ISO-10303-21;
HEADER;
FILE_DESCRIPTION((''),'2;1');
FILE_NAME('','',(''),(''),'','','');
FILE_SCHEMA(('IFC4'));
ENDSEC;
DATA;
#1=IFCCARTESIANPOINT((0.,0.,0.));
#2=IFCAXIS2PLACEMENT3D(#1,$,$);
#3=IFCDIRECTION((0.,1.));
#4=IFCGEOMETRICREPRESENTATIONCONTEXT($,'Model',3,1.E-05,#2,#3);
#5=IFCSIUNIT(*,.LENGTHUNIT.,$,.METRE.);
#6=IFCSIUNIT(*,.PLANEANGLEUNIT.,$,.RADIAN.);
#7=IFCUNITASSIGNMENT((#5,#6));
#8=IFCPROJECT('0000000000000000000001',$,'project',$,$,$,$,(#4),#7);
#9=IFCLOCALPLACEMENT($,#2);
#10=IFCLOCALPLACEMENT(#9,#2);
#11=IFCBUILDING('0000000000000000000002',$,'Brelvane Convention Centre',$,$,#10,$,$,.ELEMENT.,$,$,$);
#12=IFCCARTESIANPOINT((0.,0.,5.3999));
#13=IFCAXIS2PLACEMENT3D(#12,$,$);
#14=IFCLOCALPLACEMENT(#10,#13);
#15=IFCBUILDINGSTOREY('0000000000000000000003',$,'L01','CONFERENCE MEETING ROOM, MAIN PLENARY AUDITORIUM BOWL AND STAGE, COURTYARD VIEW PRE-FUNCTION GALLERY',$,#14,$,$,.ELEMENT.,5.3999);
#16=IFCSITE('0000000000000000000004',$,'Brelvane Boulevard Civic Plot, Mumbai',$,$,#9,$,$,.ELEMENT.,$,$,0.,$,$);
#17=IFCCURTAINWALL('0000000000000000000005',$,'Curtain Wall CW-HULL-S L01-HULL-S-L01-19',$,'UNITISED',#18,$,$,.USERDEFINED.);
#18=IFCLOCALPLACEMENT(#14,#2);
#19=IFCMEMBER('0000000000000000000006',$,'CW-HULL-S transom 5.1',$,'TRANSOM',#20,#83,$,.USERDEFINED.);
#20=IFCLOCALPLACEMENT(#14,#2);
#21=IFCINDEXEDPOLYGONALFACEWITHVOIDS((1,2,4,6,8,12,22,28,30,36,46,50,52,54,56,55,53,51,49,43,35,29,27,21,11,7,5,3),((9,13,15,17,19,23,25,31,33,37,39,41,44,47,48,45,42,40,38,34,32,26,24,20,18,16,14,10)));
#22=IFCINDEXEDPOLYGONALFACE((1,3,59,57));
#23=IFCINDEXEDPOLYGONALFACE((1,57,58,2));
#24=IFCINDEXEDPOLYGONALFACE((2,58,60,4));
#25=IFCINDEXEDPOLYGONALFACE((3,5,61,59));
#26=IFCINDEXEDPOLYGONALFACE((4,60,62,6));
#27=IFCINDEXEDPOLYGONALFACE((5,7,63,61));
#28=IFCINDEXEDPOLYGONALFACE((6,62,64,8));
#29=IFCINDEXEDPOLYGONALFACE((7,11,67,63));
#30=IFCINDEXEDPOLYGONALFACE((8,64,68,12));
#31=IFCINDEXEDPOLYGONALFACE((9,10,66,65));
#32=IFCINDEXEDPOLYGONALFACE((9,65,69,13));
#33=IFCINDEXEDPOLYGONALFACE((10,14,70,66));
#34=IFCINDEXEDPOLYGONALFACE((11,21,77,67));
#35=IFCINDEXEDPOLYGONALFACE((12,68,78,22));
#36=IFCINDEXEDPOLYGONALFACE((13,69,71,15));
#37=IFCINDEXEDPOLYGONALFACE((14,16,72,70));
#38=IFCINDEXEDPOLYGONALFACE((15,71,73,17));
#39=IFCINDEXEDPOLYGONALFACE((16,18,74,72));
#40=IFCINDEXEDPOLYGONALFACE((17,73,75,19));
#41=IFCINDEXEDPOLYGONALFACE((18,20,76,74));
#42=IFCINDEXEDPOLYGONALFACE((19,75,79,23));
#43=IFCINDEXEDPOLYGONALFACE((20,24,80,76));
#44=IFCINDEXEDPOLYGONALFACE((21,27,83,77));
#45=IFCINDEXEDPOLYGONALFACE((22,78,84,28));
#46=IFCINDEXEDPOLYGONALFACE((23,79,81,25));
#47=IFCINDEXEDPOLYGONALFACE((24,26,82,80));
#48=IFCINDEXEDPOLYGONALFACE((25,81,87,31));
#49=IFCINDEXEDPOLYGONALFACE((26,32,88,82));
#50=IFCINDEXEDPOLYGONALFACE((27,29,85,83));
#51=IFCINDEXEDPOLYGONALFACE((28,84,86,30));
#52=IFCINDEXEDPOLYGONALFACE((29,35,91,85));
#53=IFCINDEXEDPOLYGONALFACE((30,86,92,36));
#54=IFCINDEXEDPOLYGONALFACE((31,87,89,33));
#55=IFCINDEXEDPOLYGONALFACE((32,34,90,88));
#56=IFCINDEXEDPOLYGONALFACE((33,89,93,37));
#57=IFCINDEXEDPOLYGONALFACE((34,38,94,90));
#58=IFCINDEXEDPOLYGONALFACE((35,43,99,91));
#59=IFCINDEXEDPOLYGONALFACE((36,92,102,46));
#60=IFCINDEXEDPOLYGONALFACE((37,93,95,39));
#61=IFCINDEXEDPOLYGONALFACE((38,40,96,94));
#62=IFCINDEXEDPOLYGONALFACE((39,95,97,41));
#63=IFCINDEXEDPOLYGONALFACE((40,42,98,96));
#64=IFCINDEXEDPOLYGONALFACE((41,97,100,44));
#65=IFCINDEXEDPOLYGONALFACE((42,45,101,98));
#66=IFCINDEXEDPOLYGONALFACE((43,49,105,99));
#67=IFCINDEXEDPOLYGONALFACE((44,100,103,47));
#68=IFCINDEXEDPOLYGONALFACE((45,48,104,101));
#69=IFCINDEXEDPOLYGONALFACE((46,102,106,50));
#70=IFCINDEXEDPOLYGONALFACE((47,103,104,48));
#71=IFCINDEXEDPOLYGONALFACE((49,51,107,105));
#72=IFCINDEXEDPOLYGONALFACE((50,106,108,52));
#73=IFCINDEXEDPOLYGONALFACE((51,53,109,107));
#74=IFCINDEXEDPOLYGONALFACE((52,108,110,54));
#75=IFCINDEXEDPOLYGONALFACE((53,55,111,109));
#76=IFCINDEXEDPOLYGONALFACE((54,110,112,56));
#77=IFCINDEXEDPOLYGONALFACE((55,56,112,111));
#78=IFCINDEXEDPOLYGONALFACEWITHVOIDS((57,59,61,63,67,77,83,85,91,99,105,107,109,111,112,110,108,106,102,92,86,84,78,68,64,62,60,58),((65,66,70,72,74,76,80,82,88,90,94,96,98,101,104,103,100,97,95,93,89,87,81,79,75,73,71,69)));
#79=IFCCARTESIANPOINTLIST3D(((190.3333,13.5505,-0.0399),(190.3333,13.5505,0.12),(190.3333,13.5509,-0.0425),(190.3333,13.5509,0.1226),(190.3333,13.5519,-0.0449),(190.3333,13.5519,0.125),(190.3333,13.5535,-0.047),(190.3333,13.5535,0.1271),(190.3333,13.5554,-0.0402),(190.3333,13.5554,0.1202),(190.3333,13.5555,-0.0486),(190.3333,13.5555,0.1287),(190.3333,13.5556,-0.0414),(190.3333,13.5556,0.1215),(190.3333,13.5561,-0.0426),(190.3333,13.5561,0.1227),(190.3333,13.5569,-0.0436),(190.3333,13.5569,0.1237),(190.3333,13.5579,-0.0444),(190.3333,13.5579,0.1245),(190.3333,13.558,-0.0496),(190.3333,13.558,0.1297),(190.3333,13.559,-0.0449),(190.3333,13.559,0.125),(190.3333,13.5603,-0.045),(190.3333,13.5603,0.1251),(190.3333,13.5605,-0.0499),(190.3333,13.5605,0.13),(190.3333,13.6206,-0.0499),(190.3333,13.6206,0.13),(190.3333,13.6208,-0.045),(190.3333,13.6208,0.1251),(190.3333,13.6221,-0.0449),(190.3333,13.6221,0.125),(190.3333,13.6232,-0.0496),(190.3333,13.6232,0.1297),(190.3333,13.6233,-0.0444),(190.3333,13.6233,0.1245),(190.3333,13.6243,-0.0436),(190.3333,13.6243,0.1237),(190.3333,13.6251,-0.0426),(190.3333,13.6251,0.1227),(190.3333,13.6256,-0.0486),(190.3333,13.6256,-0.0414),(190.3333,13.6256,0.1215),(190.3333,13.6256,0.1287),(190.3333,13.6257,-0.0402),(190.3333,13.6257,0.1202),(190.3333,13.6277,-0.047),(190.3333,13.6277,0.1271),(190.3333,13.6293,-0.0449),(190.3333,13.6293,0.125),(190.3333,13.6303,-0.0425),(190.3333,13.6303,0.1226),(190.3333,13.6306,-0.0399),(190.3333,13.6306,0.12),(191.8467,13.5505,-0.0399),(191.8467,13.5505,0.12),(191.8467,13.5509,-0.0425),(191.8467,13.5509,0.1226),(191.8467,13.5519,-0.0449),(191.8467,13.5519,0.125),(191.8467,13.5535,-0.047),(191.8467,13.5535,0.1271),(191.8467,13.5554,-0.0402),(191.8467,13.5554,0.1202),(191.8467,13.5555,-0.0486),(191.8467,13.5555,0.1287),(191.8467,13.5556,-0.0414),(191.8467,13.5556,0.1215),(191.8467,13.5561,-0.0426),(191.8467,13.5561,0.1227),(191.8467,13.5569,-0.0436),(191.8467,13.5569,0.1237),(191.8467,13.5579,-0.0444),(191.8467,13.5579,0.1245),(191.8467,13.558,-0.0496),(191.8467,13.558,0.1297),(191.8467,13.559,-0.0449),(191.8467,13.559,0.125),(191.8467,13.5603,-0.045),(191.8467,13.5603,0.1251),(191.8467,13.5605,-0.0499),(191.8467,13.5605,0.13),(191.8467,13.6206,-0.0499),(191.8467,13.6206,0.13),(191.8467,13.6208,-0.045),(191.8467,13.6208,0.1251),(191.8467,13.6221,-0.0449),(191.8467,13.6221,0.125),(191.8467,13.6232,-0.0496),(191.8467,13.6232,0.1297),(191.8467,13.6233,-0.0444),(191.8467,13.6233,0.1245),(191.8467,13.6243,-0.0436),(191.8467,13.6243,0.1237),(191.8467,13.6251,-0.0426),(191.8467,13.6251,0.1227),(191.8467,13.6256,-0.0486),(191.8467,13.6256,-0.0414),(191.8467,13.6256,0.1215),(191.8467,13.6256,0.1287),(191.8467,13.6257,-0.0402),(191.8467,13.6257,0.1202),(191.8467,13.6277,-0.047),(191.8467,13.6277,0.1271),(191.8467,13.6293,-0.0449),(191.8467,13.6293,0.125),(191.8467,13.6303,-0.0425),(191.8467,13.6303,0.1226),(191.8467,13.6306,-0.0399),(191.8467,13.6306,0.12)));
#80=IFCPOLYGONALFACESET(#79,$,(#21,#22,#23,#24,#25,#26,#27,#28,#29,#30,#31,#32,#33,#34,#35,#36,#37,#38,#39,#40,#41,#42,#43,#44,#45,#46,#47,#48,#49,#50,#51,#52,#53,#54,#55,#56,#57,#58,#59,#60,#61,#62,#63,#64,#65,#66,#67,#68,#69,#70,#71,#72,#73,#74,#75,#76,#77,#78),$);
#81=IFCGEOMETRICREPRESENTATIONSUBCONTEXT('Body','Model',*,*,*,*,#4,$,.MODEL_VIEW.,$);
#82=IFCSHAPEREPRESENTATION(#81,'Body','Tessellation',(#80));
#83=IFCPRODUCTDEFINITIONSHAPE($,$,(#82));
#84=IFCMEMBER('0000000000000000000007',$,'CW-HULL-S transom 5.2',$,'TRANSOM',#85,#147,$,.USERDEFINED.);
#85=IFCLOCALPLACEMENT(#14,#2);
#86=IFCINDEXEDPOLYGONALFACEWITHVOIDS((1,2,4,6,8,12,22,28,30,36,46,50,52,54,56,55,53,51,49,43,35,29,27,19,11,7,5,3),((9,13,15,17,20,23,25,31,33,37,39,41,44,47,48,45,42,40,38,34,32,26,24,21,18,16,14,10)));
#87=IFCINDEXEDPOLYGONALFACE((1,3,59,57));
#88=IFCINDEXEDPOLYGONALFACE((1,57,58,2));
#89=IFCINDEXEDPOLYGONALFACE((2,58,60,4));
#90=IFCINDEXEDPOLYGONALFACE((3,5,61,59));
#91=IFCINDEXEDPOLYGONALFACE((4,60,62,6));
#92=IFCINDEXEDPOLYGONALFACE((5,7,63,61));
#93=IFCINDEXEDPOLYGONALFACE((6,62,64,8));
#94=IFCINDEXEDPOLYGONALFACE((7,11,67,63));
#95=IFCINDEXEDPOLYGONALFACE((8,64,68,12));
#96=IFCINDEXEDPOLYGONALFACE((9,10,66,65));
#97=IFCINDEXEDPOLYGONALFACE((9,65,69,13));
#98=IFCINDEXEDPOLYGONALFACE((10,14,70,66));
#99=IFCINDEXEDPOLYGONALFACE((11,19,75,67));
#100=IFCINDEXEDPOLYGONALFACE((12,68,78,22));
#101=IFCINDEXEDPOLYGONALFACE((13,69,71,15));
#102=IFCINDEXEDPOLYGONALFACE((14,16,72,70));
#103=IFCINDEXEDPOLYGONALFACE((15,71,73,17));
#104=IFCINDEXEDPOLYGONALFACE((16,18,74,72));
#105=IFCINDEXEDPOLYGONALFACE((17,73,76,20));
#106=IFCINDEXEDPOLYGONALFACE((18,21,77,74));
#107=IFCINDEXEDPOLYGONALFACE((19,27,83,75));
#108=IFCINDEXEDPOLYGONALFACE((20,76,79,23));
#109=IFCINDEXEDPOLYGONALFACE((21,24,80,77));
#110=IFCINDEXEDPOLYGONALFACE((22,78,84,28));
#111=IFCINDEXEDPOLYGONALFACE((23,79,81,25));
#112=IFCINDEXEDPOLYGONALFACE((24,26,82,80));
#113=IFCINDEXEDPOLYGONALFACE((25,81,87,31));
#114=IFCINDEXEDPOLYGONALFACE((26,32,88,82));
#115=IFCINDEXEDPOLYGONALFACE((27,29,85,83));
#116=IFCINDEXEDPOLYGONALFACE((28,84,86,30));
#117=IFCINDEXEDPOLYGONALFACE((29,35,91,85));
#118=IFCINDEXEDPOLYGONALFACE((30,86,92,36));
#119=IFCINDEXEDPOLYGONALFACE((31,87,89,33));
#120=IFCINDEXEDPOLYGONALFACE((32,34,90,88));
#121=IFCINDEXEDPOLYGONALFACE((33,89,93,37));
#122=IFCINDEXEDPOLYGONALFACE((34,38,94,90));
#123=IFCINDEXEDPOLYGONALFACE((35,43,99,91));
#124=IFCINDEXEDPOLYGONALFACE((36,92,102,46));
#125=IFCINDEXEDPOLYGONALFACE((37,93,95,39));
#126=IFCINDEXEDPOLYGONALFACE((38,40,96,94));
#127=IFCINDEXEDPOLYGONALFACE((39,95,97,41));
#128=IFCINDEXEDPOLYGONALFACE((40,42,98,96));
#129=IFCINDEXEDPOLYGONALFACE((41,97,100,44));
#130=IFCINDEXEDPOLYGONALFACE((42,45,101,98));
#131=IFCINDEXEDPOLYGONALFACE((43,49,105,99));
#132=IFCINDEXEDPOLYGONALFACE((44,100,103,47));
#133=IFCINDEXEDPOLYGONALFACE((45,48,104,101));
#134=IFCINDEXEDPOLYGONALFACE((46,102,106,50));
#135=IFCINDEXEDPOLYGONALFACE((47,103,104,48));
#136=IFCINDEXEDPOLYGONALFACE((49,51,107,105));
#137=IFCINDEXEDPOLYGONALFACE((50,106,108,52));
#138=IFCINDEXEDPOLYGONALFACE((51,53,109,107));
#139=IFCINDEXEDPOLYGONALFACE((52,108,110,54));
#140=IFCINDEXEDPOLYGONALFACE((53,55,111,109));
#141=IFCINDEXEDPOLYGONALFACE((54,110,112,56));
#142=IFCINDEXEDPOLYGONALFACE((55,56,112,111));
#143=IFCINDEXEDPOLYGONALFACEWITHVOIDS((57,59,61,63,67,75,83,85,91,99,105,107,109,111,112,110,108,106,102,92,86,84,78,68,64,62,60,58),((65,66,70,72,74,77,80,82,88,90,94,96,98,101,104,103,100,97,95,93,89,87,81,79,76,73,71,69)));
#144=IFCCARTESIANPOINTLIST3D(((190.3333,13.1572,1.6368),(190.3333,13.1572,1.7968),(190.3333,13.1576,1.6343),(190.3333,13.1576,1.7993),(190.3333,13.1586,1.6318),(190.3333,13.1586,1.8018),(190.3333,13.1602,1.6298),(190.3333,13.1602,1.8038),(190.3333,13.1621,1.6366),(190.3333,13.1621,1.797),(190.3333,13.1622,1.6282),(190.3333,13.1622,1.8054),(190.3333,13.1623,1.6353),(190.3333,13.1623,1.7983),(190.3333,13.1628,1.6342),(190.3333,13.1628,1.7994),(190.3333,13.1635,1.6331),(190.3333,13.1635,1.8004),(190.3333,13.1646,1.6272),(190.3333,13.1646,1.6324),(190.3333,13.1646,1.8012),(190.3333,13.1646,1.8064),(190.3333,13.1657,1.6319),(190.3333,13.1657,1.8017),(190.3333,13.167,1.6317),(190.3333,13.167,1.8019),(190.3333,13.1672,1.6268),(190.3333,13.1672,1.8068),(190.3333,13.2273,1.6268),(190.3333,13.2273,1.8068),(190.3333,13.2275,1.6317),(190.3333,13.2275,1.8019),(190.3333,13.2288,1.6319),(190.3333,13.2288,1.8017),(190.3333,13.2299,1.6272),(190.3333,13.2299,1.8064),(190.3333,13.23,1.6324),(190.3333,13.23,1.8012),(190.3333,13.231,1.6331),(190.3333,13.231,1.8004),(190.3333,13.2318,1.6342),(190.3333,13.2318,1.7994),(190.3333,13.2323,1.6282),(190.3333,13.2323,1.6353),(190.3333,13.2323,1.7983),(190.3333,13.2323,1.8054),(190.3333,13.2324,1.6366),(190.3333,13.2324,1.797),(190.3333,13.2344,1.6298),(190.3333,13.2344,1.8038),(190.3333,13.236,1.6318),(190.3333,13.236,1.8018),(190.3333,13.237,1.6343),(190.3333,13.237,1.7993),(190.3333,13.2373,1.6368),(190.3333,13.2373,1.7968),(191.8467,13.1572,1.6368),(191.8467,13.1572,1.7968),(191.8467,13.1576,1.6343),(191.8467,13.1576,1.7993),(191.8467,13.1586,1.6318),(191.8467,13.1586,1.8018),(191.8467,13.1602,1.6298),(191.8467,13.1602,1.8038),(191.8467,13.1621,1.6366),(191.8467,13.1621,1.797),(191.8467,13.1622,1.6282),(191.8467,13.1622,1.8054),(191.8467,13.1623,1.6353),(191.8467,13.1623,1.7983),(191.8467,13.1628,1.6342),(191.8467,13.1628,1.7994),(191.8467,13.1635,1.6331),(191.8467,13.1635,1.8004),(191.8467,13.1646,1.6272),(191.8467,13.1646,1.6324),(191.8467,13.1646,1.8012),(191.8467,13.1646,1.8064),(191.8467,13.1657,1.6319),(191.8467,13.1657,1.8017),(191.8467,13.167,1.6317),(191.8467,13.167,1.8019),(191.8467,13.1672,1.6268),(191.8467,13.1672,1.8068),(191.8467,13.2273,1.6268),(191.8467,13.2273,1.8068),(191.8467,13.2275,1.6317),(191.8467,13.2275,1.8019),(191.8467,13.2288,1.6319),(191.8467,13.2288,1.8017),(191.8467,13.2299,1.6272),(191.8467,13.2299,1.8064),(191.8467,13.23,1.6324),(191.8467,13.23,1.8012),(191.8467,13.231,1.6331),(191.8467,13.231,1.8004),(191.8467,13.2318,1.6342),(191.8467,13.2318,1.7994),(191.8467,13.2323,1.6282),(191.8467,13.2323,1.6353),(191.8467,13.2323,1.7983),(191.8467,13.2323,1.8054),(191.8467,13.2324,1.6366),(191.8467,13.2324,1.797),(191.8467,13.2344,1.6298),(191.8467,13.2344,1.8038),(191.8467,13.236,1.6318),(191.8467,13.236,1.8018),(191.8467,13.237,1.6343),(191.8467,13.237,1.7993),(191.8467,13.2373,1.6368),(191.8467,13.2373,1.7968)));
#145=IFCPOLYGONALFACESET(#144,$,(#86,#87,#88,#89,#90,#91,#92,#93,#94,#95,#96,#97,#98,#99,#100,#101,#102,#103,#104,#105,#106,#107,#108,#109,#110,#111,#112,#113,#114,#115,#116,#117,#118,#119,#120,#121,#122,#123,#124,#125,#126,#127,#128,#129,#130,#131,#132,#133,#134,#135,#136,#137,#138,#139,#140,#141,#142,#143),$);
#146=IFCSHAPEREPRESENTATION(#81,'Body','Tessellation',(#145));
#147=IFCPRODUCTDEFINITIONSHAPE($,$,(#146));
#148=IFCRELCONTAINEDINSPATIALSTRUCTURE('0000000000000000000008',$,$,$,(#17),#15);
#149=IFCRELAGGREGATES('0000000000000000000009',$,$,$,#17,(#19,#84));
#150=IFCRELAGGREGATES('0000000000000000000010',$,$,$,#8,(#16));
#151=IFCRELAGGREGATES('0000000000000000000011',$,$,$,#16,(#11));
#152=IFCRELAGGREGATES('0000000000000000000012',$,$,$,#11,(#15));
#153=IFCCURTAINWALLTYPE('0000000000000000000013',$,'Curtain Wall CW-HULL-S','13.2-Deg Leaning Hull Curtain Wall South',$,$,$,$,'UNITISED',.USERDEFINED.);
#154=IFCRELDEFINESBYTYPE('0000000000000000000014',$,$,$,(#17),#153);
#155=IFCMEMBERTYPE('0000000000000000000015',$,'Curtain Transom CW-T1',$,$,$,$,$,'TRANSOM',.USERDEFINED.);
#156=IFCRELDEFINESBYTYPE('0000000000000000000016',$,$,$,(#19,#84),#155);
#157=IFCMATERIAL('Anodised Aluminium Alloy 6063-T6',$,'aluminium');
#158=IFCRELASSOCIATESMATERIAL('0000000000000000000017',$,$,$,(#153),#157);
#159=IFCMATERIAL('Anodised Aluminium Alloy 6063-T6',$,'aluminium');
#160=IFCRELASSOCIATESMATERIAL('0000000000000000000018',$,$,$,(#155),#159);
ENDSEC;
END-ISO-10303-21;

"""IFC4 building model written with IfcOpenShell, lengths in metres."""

from ifc_helpers import new_model, si_unit, direction, frame, origin, origin_2d, place, context, subcontext, project, spatial, hollow_rectangle, extrude, material, material_profile, profile_set, type_object, element, aggregate, save


model = new_model("IFC4")

# Units and contexts
model_context = context("Model", 3, precision=1e-05, world=origin(), true_north=direction((0.0, 1.0)))
body_context = subcontext(model_context, "Body", "Model", "MODEL_VIEW")
ifc_project = project(units=[si_unit("LENGTHUNIT", "METRE"), si_unit("PLANEANGLEUNIT", "RADIAN")], contexts=[model_context])

# Site, building, storey
site_placement = place(None, origin())
site = spatial("IfcSite", under=ifc_project, at=site_placement, Name="Brelvane Boulevard Civic Plot, Mumbai", CompositionType="ELEMENT", RefElevation=0.0)
building_placement = place(site_placement, origin())
building = spatial("IfcBuilding", under=site, at=building_placement, Name="Brelvane Convention Centre", CompositionType="ELEMENT")
storey_placement = place(building_placement, frame((0.0, 0.0, 5.3999)))
storey = spatial("IfcBuildingStorey", under=building, at=storey_placement, Name="L01", Description="CONFERENCE MEETING ROOM, MAIN PLENARY AUDITORIUM BOWL AND STAGE, COURTYARD VIEW PRE-FUNCTION GALLERY", CompositionType="ELEMENT", Elevation=5.3999)

# Curtain wall, members
ifc_material_1 = material(Name="Anodised Aluminium Alloy 6063-T6", Category="aluminium")
curtain_wall_type = type_object("IfcCurtainWallType", Name="Curtain Wall CW-HULL-S", Description="13.2-Deg Leaning Hull Curtain Wall South", ElementType="UNITISED", PredefinedType="USERDEFINED", material=ifc_material_1)
curtain_wall_1_placement = place(storey_placement, origin())
curtain_wall_1 = element("IfcCurtainWall", 1, at=curtain_wall_1_placement, inside=storey, type_object=curtain_wall_type, Name="Curtain Wall CW-HULL-S L01-HULL-S-L01-19", ObjectType="UNITISED", PredefinedType="USERDEFINED")
ifc_material_2 = material(Name="Anodised Aluminium Alloy 6063-T6", Category="aluminium")
ifc_material_profile = material_profile(ifc_material_2, hollow_rectangle(XDim=0.0801, YDim=0.1799, WallThickness=0.0049, InnerFilletRadius=0.0049, OuterFilletRadius=0.01, at=origin_2d()), Name="ALU-T 180x80x5.0")
ifc_profile_set = profile_set([ifc_material_profile], Name="Anodised Aluminium Alloy 6063-T6")
member_type = type_object("IfcMemberType", Name="Curtain Transom CW-T1", ElementType="TRANSOM", PredefinedType="USERDEFINED", material=ifc_profile_set)
member_1_placement = place(storey_placement, frame((190.3333, 13.5906, 0.04), z_axis=(1.0, 0.0, 0.0), x_axis=(0.0, 1.0, 0.0)))
member_1 = element("IfcMember", 2, at=member_1_placement, type_object=member_type, Name="CW-HULL-S transom 5.1", ObjectType="TRANSOM", PredefinedType="USERDEFINED", context=body_context, shape_type="SweptSolid", body=[
    extrude(hollow_rectangle(XDim=0.0801, YDim=0.1799, WallThickness=0.0049, InnerFilletRadius=0.0049, OuterFilletRadius=0.01, at=origin_2d()), origin(), (0.0, 0.0, 1.0), 1.5134),
])
member_2_placement = place(storey_placement, frame((190.3333, 13.1973, 1.7168), z_axis=(1.0, 0.0, 0.0), x_axis=(0.0, 1.0, 0.0)))
member_2 = element("IfcMember", 3, at=member_2_placement, type_object=member_type, Name="CW-HULL-S transom 5.2", ObjectType="TRANSOM", PredefinedType="USERDEFINED", context=body_context, shape_type="SweptSolid", body=[
    extrude(hollow_rectangle(XDim=0.0801, YDim=0.1799, WallThickness=0.0049, InnerFilletRadius=0.0049, OuterFilletRadius=0.01, at=origin_2d()), origin(), (0.0, 0.0, 1.0), 1.5134),
])

aggregate(curtain_wall_1, [member_1, member_2])

save(model, "model.ifc")
